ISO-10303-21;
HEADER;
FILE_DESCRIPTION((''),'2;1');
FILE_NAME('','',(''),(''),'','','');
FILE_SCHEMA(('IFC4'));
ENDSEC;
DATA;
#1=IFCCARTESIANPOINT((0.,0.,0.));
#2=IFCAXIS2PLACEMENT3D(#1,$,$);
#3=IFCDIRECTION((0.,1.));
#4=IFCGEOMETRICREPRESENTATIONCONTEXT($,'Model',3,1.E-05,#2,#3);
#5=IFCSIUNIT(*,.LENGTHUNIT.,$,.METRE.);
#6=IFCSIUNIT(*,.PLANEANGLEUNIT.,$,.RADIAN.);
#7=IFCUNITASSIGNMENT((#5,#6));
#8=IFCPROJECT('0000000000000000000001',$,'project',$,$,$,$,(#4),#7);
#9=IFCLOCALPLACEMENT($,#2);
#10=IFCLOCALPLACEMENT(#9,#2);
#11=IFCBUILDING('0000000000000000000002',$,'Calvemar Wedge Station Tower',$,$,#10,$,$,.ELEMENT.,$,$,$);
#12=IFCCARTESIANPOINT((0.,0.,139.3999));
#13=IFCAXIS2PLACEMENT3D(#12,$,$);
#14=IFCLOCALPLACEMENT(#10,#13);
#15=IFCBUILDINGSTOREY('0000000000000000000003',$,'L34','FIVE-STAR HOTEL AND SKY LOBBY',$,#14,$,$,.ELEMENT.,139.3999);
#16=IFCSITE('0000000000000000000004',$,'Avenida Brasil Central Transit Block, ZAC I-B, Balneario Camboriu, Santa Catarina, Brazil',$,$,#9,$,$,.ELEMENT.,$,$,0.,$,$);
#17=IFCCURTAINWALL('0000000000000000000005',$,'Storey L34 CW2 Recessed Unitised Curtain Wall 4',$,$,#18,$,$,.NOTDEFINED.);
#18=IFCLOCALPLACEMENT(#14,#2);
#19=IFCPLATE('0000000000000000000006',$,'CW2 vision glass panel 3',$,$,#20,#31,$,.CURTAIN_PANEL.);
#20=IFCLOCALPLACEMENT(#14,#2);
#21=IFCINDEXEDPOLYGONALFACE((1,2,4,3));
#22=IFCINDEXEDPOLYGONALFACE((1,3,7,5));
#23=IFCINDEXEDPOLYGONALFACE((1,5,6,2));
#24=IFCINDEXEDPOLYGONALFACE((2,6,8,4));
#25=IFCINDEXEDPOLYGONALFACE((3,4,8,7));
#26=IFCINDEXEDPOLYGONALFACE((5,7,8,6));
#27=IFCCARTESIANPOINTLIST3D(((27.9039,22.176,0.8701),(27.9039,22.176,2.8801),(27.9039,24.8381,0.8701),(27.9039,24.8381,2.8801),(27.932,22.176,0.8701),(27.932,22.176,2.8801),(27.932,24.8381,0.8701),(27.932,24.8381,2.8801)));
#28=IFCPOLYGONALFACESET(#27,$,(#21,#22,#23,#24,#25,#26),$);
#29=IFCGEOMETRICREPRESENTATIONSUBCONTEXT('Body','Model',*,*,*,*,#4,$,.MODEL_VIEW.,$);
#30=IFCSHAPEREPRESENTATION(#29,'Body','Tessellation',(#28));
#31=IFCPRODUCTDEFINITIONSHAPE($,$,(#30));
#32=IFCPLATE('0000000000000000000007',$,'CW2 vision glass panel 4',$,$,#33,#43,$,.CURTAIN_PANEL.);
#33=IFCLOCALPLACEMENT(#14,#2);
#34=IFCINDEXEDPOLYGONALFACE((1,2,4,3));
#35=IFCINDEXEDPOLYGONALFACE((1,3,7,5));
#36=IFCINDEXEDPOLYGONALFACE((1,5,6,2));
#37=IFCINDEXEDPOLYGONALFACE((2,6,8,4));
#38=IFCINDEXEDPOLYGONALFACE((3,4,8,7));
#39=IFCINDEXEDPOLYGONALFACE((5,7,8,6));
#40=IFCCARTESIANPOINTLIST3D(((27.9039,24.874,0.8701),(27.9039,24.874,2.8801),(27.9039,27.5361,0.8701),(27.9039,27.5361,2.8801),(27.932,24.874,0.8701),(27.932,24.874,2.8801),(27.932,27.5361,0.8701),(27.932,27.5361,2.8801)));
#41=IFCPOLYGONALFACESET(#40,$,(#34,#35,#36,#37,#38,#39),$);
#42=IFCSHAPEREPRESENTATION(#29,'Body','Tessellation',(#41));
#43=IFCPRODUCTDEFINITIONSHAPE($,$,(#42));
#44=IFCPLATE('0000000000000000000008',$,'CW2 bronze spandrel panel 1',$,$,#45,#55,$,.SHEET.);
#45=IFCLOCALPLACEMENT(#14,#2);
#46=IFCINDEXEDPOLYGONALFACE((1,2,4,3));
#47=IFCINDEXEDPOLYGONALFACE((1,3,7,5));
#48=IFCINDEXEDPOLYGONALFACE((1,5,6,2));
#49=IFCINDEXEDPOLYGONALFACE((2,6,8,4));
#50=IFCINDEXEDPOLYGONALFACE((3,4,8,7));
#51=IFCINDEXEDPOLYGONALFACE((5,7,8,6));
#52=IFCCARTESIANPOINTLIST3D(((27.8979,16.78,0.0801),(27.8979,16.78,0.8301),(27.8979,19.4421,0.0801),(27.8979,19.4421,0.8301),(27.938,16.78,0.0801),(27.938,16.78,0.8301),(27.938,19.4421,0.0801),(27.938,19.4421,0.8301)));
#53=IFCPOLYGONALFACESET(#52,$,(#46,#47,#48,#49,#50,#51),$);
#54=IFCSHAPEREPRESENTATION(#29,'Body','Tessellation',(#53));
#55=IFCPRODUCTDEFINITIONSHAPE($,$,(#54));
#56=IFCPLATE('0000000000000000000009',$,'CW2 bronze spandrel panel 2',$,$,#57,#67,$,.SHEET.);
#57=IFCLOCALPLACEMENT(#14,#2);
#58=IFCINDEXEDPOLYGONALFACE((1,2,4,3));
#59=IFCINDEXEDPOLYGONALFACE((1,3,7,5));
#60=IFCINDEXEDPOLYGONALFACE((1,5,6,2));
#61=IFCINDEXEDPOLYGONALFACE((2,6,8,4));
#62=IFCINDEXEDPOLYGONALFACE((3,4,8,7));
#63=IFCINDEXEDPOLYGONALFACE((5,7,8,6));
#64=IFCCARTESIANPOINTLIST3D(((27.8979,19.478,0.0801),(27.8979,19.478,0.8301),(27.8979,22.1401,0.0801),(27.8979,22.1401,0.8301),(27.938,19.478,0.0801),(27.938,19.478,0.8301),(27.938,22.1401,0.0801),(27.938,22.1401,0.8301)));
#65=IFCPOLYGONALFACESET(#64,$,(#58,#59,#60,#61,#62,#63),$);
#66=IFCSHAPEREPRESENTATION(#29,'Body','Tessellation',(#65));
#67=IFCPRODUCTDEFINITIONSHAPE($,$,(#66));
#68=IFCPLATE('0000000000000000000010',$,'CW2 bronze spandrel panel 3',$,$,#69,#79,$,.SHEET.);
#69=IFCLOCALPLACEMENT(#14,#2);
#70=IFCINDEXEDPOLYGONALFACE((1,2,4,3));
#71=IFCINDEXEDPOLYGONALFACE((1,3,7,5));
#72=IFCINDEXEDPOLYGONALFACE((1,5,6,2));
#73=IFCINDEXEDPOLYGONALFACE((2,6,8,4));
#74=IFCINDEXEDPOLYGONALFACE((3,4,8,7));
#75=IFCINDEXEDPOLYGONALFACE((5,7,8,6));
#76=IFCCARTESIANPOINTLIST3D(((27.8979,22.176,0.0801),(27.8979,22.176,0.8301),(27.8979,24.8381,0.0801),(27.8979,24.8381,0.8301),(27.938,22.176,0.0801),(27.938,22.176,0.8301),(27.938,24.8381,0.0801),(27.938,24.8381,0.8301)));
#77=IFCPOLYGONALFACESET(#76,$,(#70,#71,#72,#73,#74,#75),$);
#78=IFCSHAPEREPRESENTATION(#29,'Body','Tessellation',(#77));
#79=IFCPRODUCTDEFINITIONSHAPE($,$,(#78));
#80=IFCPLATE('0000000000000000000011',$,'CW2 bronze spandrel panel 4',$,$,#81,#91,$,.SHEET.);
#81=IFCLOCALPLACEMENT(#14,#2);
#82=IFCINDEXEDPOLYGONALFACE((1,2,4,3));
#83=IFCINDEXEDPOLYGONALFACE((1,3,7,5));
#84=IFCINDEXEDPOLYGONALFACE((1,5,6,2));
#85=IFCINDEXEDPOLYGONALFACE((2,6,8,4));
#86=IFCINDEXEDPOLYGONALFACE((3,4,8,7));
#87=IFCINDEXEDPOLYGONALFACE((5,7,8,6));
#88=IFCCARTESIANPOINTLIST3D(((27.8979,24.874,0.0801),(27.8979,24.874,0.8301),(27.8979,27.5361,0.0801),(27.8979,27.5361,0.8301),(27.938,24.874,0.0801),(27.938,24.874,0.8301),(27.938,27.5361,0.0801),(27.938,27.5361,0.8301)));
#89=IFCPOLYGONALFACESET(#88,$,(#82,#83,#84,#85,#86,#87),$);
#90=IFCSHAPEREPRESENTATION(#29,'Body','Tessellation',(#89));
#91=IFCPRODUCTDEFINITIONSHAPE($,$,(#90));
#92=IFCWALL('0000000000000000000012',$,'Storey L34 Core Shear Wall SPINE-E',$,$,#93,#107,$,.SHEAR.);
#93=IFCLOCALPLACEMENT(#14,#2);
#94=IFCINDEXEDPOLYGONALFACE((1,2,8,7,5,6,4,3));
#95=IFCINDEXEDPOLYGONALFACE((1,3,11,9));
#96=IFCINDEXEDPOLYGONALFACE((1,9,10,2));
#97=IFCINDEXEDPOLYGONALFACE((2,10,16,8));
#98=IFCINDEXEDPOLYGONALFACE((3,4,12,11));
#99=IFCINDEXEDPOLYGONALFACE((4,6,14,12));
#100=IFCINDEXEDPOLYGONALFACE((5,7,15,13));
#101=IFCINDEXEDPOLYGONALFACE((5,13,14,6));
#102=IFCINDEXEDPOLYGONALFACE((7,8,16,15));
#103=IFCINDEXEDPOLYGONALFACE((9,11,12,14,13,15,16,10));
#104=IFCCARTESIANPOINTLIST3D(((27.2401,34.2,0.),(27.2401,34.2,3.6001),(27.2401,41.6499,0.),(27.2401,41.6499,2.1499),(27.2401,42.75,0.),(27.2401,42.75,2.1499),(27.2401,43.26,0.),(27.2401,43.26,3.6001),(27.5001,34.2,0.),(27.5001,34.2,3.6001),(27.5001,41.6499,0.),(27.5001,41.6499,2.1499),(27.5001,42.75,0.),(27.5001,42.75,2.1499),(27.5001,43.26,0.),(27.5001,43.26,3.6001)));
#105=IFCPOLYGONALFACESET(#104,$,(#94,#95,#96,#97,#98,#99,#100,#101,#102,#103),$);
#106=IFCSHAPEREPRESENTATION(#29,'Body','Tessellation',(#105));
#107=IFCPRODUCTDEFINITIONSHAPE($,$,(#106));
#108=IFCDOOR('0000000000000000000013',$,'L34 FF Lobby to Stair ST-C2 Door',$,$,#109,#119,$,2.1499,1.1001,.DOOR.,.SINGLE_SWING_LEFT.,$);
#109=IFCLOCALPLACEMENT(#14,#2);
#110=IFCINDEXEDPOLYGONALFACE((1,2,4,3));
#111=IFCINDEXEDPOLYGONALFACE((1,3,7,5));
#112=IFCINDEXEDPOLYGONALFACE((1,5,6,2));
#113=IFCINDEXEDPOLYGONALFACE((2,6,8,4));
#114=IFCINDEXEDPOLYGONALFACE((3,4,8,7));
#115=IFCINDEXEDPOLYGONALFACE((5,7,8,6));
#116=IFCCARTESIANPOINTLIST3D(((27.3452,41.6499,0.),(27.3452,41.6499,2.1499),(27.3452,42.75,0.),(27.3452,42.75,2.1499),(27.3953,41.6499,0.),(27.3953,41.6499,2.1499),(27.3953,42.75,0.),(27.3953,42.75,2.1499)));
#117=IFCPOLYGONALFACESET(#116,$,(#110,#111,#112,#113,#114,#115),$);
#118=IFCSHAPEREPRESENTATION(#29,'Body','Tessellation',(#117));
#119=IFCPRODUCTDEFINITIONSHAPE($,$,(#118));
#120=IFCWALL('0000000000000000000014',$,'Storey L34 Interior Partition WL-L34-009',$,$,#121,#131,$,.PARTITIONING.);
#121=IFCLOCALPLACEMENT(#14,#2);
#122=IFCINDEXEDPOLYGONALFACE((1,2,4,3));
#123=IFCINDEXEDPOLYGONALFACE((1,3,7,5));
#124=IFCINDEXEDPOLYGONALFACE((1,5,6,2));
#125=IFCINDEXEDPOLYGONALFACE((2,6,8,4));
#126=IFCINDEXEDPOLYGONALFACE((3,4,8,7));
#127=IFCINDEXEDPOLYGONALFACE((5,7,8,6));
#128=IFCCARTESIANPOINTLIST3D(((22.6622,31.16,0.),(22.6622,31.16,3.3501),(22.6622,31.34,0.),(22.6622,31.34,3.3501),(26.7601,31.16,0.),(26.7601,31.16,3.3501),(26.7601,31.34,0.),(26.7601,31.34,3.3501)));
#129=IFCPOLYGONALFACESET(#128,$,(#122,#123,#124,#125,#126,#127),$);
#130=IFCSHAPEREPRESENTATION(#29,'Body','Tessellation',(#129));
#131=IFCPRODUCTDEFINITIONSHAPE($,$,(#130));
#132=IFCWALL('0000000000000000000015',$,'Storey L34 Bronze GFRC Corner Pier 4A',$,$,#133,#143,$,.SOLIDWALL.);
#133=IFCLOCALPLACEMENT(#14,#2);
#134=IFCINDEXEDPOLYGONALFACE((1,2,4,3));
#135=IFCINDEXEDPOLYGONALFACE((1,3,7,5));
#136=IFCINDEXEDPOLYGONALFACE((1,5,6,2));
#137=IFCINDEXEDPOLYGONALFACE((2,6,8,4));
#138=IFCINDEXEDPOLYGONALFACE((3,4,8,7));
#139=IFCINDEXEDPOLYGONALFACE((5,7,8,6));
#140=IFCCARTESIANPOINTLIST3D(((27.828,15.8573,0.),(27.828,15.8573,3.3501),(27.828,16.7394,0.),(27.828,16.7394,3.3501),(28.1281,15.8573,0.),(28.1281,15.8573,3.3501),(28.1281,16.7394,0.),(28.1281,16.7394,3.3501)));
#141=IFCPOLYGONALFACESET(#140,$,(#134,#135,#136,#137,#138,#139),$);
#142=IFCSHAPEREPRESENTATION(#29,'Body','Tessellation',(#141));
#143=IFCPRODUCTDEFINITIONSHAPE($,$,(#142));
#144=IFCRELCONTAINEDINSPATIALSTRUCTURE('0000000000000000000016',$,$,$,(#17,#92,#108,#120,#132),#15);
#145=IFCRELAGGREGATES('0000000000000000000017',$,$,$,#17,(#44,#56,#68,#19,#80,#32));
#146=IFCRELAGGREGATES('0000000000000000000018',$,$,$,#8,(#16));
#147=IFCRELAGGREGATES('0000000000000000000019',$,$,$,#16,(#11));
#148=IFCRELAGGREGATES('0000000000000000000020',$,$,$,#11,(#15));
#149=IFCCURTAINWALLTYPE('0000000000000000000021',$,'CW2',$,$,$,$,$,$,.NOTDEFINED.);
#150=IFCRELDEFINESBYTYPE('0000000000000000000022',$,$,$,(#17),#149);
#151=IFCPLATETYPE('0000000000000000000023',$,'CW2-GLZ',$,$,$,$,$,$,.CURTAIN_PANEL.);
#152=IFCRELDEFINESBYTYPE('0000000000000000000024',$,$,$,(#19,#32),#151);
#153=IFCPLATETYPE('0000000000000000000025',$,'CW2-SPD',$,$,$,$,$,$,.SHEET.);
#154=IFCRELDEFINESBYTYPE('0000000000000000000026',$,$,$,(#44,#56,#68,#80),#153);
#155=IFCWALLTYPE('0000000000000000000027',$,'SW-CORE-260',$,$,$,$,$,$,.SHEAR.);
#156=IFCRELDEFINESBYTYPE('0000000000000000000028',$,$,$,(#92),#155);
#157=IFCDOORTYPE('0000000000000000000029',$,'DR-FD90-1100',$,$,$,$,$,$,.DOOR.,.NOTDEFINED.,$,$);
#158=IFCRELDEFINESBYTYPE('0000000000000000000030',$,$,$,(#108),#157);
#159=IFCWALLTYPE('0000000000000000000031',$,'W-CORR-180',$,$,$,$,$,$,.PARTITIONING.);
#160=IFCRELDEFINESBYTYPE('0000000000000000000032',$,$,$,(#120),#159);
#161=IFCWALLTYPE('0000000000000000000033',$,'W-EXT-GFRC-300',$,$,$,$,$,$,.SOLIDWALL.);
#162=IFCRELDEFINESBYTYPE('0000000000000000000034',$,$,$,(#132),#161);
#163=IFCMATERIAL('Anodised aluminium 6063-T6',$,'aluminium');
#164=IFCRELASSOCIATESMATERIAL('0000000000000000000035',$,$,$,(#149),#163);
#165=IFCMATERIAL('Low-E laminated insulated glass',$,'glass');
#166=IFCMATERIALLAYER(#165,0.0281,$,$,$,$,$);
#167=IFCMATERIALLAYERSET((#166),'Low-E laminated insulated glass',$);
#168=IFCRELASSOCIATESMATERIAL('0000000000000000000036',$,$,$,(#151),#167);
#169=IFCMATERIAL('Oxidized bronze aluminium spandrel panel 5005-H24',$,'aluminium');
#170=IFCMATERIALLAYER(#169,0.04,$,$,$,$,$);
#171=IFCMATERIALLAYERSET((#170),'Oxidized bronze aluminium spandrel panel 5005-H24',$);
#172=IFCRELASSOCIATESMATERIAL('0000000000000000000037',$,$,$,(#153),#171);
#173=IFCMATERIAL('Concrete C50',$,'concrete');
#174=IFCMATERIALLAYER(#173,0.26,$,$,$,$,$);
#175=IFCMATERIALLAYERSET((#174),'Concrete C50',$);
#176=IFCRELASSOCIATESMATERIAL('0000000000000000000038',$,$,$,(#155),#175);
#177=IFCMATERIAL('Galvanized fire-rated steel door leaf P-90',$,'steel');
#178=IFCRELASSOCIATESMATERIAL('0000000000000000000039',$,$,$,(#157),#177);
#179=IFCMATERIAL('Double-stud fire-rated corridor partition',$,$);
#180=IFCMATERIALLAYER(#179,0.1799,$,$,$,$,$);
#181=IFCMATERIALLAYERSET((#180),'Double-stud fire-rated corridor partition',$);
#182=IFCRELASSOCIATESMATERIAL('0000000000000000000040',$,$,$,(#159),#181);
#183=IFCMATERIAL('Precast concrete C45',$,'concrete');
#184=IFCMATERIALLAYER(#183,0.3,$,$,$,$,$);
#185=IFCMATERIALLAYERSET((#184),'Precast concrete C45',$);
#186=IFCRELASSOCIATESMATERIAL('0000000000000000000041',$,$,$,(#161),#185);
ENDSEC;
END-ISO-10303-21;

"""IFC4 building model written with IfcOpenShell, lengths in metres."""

from ifc_helpers import new_model, si_unit, direction, frame, frame_2d, origin, place, context, subcontext, project, spatial, rectangle, extrude, source, transform, mapped, material, layer, layer_set, type_object, element, fill, aggregate, save


model = new_model("IFC4")

# Units and contexts
model_context = context("Model", 3, precision=1e-05, world=origin(), true_north=direction((0.0, 1.0)))
body_context = subcontext(model_context, "Body", "Model", "MODEL_VIEW")
ifc_project = project(units=[si_unit("LENGTHUNIT", "METRE"), si_unit("PLANEANGLEUNIT", "RADIAN")], contexts=[model_context])

# Site, building, storey
site_placement = place(None, origin())
site = spatial("IfcSite", under=ifc_project, at=site_placement, Name="Avenida Brasil Central Transit Block, ZAC I-B, Balneario Camboriu, Santa Catarina, Brazil", CompositionType="ELEMENT", RefElevation=0.0)
building_placement = place(site_placement, origin())
building = spatial("IfcBuilding", under=site, at=building_placement, Name="Calvemar Wedge Station Tower", CompositionType="ELEMENT")
storey_placement = place(building_placement, frame((0.0, 0.0, 139.3999)))
storey = spatial("IfcBuildingStorey", under=building, at=storey_placement, Name="L34", Description="FIVE-STAR HOTEL AND SKY LOBBY", CompositionType="ELEMENT", Elevation=139.3999)

# Curtain wall, plates
ifc_material_1 = material(Name="Anodised aluminium 6063-T6", Category="aluminium")
curtain_wall_type = type_object("IfcCurtainWallType", Name="CW2", PredefinedType="NOTDEFINED", material=ifc_material_1)
curtain_wall_placement = place(storey_placement, origin())
curtain_wall = element("IfcCurtainWall", 1, at=curtain_wall_placement, inside=storey, type_object=curtain_wall_type, Name="Storey L34 CW2 Recessed Unitised Curtain Wall 4", PredefinedType="NOTDEFINED")
ifc_material_2 = material(Name="Low-E laminated insulated glass", Category="glass")
ifc_layer_1 = layer(ifc_material_2, 0.0281)
ifc_layer_set_1 = layer_set([ifc_layer_1], Name="Low-E laminated insulated glass")
plate_type_1 = type_object("IfcPlateType", Name="CW2-GLZ", PredefinedType="CURTAIN_PANEL", material=ifc_layer_set_1)
plate_1_placement = place(storey_placement, frame((27.918, 22.176, 0.8701), z_axis=(0.0, 0.0, 1.0), x_axis=(0.0, 1.0, 0.0)))
plate_1 = element("IfcPlate", 2, at=plate_1_placement, type_object=plate_type_1, Name="CW2 vision glass panel 3", PredefinedType="CURTAIN_PANEL", context=body_context, shape_type="SweptSolid", body=[
    extrude(rectangle(XDim=2.6621, YDim=0.0281, at=frame_2d((1.3311, 0.0))), origin(), (0.0, 0.0, 1.0), 2.01),
])
plate_2_placement = place(storey_placement, frame((27.918, 24.874, 0.8701), z_axis=(0.0, 0.0, 1.0), x_axis=(0.0, 1.0, 0.0)))
plate_2 = element("IfcPlate", 3, at=plate_2_placement, type_object=plate_type_1, Name="CW2 vision glass panel 4", PredefinedType="CURTAIN_PANEL", context=body_context, shape_type="SweptSolid", body=[
    extrude(rectangle(XDim=2.6621, YDim=0.0281, at=frame_2d((1.3311, 0.0))), origin(), (0.0, 0.0, 1.0), 2.01),
])
ifc_material_3 = material(Name="Oxidized bronze aluminium spandrel panel 5005-H24", Category="aluminium")
ifc_layer_2 = layer(ifc_material_3, 0.04)
ifc_layer_set_2 = layer_set([ifc_layer_2], Name="Oxidized bronze aluminium spandrel panel 5005-H24")
plate_type_2 = type_object("IfcPlateType", Name="CW2-SPD", PredefinedType="SHEET", material=ifc_layer_set_2)
plate_3_placement = place(storey_placement, frame((27.918, 16.78, 0.0801), z_axis=(0.0, 0.0, 1.0), x_axis=(0.0, 1.0, 0.0)))
plate_3 = element("IfcPlate", 4, at=plate_3_placement, type_object=plate_type_2, Name="CW2 bronze spandrel panel 1", PredefinedType="SHEET", context=body_context, shape_type="SweptSolid", body=[
    extrude(rectangle(XDim=2.6621, YDim=0.04, at=frame_2d((1.3311, 0.0))), origin(), (0.0, 0.0, 1.0), 0.75),
])
plate_4_placement = place(storey_placement, frame((27.918, 19.478, 0.0801), z_axis=(0.0, 0.0, 1.0), x_axis=(0.0, 1.0, 0.0)))
plate_4 = element("IfcPlate", 5, at=plate_4_placement, type_object=plate_type_2, Name="CW2 bronze spandrel panel 2", PredefinedType="SHEET", context=body_context, shape_type="SweptSolid", body=[
    extrude(rectangle(XDim=2.6621, YDim=0.04, at=frame_2d((1.3311, 0.0))), origin(), (0.0, 0.0, 1.0), 0.75),
])
plate_5_placement = place(storey_placement, frame((27.918, 22.176, 0.0801), z_axis=(0.0, 0.0, 1.0), x_axis=(0.0, 1.0, 0.0)))
plate_5 = element("IfcPlate", 6, at=plate_5_placement, type_object=plate_type_2, Name="CW2 bronze spandrel panel 3", PredefinedType="SHEET", context=body_context, shape_type="SweptSolid", body=[
    extrude(rectangle(XDim=2.6621, YDim=0.04, at=frame_2d((1.3311, 0.0))), origin(), (0.0, 0.0, 1.0), 0.75),
])
plate_6_placement = place(storey_placement, frame((27.918, 24.874, 0.0801), z_axis=(0.0, 0.0, 1.0), x_axis=(0.0, 1.0, 0.0)))
plate_6 = element("IfcPlate", 7, at=plate_6_placement, type_object=plate_type_2, Name="CW2 bronze spandrel panel 4", PredefinedType="SHEET", context=body_context, shape_type="SweptSolid", body=[
    extrude(rectangle(XDim=2.6621, YDim=0.04, at=frame_2d((1.3311, 0.0))), origin(), (0.0, 0.0, 1.0), 0.75),
])
aggregate(curtain_wall, [plate_3, plate_4, plate_5, plate_1, plate_6, plate_2])

# Wall, opening, door
ifc_material_4 = material(Name="Concrete C50", Category="concrete")
ifc_layer_3 = layer(ifc_material_4, 0.26)
ifc_layer_set_3 = layer_set([ifc_layer_3], Name="Concrete C50")
wall_type_1 = type_object("IfcWallType", Name="SW-CORE-260", PredefinedType="SHEAR", material=ifc_layer_set_3)
wall_1_placement = place(storey_placement, frame((27.3701, 34.2, 0.0), z_axis=(0.0, 0.0, 1.0), x_axis=(0.0, 1.0, 0.0)))
wall_1 = element("IfcWall", 8, at=wall_1_placement, inside=storey, type_object=wall_type_1, Name="Storey L34 Core Shear Wall SPINE-E", PredefinedType="SHEAR", context=body_context, shape_type="SweptSolid", body=[
    extrude(rectangle(XDim=9.0601, YDim=0.26, at=frame_2d((4.53, 0.0))), origin(), (0.0, 0.0, 1.0), 3.6001),
])
shared_shape_1 = source(origin(), body_context, "Body", "SweptSolid", [
    extrude(rectangle(XDim=1.1001, YDim=2.1499, at=frame_2d((0.55, 1.075))), frame((0.0, 0.1401, 0.0), z_axis=(0.0, -1.0, 0.0), x_axis=(1.0, 0.0, 0.0)), (0.0, 0.0, 1.0), 0.28),
])
opening_1_placement = place(wall_1_placement, frame((7.45, 0.0, 0.0)))
opening_1 = element("IfcOpeningElement", 9, at=opening_1_placement, cuts=wall_1, PredefinedType="OPENING", context=body_context, shape_type="MappedRepresentation", body=[
    mapped(shared_shape_1, transform((0.0, 0.0, 0.0), scale=1.0)),
])
ifc_material_5 = material(Name="Galvanized fire-rated steel door leaf P-90", Category="steel")
door_type_1 = type_object("IfcDoorType", Name="DR-FD90-1100", OperationType="NOTDEFINED", PredefinedType="DOOR", material=ifc_material_5)
shared_shape_2 = source(origin(), body_context, "Body", "SweptSolid", [
    extrude(rectangle(XDim=1.1001, YDim=2.1499, at=frame_2d((0.55, 1.075))), frame((0.0, 0.0249, 0.0), z_axis=(0.0, -1.0, 0.0), x_axis=(1.0, 0.0, 0.0)), (0.0, 0.0, 1.0), 0.05),
])
door_1_placement = place(opening_1_placement, origin())
door_1 = element("IfcDoor", 10, at=door_1_placement, inside=storey, type_object=door_type_1, Name="L34 FF Lobby to Stair ST-C2 Door", OperationType="SINGLE_SWING_LEFT", OverallHeight=2.1499, OverallWidth=1.1001, PredefinedType="DOOR", context=body_context, shape_type="MappedRepresentation", body=[
    mapped(shared_shape_2, transform((0.0, 0.0, 0.0), scale=1.0)),
])
fill(opening_1, door_1)
ifc_material_6 = material(Name="Double-stud fire-rated corridor partition")
ifc_layer_4 = layer(ifc_material_6, 0.1799)
ifc_layer_set_4 = layer_set([ifc_layer_4], Name="Double-stud fire-rated corridor partition")
wall_type_2 = type_object("IfcWallType", Name="W-CORR-180", PredefinedType="PARTITIONING", material=ifc_layer_set_4)

# Walls
wall_2_placement = place(storey_placement, frame((26.76, 31.25, 0.0), z_axis=(0.0, 0.0, 1.0), x_axis=(-1.0, 0.0, 0.0)))
element("IfcWall", 11, at=wall_2_placement, inside=storey, type_object=wall_type_2, Name="Storey L34 Interior Partition WL-L34-009", PredefinedType="PARTITIONING", context=body_context, shape_type="SweptSolid", body=[
    extrude(rectangle(XDim=4.0979, YDim=0.1799, at=frame_2d((2.0488, 0.0))), origin(), (0.0, 0.0, 1.0), 3.3501),
])
ifc_material_7 = material(Name="Precast concrete C45", Category="concrete")
ifc_layer_5 = layer(ifc_material_7, 0.3)
ifc_layer_set_5 = layer_set([ifc_layer_5], Name="Precast concrete C45")
wall_type_3 = type_object("IfcWallType", Name="W-EXT-GFRC-300", PredefinedType="SOLIDWALL", material=ifc_layer_set_5)
wall_3_placement = place(storey_placement, frame((27.978, 15.8574, 0.0), z_axis=(0.0, 0.0, 1.0), x_axis=(0.0, 1.0, 0.0)))
element("IfcWall", 12, at=wall_3_placement, inside=storey, type_object=wall_type_3, Name="Storey L34 Bronze GFRC Corner Pier 4A", PredefinedType="SOLIDWALL", context=body_context, shape_type="SweptSolid", body=[
    extrude(rectangle(XDim=0.8821, YDim=0.3, at=frame_2d((0.4409, 0.0))), origin(), (0.0, 0.0, 1.0), 3.3501),
])

save(model, "model.ifc")
